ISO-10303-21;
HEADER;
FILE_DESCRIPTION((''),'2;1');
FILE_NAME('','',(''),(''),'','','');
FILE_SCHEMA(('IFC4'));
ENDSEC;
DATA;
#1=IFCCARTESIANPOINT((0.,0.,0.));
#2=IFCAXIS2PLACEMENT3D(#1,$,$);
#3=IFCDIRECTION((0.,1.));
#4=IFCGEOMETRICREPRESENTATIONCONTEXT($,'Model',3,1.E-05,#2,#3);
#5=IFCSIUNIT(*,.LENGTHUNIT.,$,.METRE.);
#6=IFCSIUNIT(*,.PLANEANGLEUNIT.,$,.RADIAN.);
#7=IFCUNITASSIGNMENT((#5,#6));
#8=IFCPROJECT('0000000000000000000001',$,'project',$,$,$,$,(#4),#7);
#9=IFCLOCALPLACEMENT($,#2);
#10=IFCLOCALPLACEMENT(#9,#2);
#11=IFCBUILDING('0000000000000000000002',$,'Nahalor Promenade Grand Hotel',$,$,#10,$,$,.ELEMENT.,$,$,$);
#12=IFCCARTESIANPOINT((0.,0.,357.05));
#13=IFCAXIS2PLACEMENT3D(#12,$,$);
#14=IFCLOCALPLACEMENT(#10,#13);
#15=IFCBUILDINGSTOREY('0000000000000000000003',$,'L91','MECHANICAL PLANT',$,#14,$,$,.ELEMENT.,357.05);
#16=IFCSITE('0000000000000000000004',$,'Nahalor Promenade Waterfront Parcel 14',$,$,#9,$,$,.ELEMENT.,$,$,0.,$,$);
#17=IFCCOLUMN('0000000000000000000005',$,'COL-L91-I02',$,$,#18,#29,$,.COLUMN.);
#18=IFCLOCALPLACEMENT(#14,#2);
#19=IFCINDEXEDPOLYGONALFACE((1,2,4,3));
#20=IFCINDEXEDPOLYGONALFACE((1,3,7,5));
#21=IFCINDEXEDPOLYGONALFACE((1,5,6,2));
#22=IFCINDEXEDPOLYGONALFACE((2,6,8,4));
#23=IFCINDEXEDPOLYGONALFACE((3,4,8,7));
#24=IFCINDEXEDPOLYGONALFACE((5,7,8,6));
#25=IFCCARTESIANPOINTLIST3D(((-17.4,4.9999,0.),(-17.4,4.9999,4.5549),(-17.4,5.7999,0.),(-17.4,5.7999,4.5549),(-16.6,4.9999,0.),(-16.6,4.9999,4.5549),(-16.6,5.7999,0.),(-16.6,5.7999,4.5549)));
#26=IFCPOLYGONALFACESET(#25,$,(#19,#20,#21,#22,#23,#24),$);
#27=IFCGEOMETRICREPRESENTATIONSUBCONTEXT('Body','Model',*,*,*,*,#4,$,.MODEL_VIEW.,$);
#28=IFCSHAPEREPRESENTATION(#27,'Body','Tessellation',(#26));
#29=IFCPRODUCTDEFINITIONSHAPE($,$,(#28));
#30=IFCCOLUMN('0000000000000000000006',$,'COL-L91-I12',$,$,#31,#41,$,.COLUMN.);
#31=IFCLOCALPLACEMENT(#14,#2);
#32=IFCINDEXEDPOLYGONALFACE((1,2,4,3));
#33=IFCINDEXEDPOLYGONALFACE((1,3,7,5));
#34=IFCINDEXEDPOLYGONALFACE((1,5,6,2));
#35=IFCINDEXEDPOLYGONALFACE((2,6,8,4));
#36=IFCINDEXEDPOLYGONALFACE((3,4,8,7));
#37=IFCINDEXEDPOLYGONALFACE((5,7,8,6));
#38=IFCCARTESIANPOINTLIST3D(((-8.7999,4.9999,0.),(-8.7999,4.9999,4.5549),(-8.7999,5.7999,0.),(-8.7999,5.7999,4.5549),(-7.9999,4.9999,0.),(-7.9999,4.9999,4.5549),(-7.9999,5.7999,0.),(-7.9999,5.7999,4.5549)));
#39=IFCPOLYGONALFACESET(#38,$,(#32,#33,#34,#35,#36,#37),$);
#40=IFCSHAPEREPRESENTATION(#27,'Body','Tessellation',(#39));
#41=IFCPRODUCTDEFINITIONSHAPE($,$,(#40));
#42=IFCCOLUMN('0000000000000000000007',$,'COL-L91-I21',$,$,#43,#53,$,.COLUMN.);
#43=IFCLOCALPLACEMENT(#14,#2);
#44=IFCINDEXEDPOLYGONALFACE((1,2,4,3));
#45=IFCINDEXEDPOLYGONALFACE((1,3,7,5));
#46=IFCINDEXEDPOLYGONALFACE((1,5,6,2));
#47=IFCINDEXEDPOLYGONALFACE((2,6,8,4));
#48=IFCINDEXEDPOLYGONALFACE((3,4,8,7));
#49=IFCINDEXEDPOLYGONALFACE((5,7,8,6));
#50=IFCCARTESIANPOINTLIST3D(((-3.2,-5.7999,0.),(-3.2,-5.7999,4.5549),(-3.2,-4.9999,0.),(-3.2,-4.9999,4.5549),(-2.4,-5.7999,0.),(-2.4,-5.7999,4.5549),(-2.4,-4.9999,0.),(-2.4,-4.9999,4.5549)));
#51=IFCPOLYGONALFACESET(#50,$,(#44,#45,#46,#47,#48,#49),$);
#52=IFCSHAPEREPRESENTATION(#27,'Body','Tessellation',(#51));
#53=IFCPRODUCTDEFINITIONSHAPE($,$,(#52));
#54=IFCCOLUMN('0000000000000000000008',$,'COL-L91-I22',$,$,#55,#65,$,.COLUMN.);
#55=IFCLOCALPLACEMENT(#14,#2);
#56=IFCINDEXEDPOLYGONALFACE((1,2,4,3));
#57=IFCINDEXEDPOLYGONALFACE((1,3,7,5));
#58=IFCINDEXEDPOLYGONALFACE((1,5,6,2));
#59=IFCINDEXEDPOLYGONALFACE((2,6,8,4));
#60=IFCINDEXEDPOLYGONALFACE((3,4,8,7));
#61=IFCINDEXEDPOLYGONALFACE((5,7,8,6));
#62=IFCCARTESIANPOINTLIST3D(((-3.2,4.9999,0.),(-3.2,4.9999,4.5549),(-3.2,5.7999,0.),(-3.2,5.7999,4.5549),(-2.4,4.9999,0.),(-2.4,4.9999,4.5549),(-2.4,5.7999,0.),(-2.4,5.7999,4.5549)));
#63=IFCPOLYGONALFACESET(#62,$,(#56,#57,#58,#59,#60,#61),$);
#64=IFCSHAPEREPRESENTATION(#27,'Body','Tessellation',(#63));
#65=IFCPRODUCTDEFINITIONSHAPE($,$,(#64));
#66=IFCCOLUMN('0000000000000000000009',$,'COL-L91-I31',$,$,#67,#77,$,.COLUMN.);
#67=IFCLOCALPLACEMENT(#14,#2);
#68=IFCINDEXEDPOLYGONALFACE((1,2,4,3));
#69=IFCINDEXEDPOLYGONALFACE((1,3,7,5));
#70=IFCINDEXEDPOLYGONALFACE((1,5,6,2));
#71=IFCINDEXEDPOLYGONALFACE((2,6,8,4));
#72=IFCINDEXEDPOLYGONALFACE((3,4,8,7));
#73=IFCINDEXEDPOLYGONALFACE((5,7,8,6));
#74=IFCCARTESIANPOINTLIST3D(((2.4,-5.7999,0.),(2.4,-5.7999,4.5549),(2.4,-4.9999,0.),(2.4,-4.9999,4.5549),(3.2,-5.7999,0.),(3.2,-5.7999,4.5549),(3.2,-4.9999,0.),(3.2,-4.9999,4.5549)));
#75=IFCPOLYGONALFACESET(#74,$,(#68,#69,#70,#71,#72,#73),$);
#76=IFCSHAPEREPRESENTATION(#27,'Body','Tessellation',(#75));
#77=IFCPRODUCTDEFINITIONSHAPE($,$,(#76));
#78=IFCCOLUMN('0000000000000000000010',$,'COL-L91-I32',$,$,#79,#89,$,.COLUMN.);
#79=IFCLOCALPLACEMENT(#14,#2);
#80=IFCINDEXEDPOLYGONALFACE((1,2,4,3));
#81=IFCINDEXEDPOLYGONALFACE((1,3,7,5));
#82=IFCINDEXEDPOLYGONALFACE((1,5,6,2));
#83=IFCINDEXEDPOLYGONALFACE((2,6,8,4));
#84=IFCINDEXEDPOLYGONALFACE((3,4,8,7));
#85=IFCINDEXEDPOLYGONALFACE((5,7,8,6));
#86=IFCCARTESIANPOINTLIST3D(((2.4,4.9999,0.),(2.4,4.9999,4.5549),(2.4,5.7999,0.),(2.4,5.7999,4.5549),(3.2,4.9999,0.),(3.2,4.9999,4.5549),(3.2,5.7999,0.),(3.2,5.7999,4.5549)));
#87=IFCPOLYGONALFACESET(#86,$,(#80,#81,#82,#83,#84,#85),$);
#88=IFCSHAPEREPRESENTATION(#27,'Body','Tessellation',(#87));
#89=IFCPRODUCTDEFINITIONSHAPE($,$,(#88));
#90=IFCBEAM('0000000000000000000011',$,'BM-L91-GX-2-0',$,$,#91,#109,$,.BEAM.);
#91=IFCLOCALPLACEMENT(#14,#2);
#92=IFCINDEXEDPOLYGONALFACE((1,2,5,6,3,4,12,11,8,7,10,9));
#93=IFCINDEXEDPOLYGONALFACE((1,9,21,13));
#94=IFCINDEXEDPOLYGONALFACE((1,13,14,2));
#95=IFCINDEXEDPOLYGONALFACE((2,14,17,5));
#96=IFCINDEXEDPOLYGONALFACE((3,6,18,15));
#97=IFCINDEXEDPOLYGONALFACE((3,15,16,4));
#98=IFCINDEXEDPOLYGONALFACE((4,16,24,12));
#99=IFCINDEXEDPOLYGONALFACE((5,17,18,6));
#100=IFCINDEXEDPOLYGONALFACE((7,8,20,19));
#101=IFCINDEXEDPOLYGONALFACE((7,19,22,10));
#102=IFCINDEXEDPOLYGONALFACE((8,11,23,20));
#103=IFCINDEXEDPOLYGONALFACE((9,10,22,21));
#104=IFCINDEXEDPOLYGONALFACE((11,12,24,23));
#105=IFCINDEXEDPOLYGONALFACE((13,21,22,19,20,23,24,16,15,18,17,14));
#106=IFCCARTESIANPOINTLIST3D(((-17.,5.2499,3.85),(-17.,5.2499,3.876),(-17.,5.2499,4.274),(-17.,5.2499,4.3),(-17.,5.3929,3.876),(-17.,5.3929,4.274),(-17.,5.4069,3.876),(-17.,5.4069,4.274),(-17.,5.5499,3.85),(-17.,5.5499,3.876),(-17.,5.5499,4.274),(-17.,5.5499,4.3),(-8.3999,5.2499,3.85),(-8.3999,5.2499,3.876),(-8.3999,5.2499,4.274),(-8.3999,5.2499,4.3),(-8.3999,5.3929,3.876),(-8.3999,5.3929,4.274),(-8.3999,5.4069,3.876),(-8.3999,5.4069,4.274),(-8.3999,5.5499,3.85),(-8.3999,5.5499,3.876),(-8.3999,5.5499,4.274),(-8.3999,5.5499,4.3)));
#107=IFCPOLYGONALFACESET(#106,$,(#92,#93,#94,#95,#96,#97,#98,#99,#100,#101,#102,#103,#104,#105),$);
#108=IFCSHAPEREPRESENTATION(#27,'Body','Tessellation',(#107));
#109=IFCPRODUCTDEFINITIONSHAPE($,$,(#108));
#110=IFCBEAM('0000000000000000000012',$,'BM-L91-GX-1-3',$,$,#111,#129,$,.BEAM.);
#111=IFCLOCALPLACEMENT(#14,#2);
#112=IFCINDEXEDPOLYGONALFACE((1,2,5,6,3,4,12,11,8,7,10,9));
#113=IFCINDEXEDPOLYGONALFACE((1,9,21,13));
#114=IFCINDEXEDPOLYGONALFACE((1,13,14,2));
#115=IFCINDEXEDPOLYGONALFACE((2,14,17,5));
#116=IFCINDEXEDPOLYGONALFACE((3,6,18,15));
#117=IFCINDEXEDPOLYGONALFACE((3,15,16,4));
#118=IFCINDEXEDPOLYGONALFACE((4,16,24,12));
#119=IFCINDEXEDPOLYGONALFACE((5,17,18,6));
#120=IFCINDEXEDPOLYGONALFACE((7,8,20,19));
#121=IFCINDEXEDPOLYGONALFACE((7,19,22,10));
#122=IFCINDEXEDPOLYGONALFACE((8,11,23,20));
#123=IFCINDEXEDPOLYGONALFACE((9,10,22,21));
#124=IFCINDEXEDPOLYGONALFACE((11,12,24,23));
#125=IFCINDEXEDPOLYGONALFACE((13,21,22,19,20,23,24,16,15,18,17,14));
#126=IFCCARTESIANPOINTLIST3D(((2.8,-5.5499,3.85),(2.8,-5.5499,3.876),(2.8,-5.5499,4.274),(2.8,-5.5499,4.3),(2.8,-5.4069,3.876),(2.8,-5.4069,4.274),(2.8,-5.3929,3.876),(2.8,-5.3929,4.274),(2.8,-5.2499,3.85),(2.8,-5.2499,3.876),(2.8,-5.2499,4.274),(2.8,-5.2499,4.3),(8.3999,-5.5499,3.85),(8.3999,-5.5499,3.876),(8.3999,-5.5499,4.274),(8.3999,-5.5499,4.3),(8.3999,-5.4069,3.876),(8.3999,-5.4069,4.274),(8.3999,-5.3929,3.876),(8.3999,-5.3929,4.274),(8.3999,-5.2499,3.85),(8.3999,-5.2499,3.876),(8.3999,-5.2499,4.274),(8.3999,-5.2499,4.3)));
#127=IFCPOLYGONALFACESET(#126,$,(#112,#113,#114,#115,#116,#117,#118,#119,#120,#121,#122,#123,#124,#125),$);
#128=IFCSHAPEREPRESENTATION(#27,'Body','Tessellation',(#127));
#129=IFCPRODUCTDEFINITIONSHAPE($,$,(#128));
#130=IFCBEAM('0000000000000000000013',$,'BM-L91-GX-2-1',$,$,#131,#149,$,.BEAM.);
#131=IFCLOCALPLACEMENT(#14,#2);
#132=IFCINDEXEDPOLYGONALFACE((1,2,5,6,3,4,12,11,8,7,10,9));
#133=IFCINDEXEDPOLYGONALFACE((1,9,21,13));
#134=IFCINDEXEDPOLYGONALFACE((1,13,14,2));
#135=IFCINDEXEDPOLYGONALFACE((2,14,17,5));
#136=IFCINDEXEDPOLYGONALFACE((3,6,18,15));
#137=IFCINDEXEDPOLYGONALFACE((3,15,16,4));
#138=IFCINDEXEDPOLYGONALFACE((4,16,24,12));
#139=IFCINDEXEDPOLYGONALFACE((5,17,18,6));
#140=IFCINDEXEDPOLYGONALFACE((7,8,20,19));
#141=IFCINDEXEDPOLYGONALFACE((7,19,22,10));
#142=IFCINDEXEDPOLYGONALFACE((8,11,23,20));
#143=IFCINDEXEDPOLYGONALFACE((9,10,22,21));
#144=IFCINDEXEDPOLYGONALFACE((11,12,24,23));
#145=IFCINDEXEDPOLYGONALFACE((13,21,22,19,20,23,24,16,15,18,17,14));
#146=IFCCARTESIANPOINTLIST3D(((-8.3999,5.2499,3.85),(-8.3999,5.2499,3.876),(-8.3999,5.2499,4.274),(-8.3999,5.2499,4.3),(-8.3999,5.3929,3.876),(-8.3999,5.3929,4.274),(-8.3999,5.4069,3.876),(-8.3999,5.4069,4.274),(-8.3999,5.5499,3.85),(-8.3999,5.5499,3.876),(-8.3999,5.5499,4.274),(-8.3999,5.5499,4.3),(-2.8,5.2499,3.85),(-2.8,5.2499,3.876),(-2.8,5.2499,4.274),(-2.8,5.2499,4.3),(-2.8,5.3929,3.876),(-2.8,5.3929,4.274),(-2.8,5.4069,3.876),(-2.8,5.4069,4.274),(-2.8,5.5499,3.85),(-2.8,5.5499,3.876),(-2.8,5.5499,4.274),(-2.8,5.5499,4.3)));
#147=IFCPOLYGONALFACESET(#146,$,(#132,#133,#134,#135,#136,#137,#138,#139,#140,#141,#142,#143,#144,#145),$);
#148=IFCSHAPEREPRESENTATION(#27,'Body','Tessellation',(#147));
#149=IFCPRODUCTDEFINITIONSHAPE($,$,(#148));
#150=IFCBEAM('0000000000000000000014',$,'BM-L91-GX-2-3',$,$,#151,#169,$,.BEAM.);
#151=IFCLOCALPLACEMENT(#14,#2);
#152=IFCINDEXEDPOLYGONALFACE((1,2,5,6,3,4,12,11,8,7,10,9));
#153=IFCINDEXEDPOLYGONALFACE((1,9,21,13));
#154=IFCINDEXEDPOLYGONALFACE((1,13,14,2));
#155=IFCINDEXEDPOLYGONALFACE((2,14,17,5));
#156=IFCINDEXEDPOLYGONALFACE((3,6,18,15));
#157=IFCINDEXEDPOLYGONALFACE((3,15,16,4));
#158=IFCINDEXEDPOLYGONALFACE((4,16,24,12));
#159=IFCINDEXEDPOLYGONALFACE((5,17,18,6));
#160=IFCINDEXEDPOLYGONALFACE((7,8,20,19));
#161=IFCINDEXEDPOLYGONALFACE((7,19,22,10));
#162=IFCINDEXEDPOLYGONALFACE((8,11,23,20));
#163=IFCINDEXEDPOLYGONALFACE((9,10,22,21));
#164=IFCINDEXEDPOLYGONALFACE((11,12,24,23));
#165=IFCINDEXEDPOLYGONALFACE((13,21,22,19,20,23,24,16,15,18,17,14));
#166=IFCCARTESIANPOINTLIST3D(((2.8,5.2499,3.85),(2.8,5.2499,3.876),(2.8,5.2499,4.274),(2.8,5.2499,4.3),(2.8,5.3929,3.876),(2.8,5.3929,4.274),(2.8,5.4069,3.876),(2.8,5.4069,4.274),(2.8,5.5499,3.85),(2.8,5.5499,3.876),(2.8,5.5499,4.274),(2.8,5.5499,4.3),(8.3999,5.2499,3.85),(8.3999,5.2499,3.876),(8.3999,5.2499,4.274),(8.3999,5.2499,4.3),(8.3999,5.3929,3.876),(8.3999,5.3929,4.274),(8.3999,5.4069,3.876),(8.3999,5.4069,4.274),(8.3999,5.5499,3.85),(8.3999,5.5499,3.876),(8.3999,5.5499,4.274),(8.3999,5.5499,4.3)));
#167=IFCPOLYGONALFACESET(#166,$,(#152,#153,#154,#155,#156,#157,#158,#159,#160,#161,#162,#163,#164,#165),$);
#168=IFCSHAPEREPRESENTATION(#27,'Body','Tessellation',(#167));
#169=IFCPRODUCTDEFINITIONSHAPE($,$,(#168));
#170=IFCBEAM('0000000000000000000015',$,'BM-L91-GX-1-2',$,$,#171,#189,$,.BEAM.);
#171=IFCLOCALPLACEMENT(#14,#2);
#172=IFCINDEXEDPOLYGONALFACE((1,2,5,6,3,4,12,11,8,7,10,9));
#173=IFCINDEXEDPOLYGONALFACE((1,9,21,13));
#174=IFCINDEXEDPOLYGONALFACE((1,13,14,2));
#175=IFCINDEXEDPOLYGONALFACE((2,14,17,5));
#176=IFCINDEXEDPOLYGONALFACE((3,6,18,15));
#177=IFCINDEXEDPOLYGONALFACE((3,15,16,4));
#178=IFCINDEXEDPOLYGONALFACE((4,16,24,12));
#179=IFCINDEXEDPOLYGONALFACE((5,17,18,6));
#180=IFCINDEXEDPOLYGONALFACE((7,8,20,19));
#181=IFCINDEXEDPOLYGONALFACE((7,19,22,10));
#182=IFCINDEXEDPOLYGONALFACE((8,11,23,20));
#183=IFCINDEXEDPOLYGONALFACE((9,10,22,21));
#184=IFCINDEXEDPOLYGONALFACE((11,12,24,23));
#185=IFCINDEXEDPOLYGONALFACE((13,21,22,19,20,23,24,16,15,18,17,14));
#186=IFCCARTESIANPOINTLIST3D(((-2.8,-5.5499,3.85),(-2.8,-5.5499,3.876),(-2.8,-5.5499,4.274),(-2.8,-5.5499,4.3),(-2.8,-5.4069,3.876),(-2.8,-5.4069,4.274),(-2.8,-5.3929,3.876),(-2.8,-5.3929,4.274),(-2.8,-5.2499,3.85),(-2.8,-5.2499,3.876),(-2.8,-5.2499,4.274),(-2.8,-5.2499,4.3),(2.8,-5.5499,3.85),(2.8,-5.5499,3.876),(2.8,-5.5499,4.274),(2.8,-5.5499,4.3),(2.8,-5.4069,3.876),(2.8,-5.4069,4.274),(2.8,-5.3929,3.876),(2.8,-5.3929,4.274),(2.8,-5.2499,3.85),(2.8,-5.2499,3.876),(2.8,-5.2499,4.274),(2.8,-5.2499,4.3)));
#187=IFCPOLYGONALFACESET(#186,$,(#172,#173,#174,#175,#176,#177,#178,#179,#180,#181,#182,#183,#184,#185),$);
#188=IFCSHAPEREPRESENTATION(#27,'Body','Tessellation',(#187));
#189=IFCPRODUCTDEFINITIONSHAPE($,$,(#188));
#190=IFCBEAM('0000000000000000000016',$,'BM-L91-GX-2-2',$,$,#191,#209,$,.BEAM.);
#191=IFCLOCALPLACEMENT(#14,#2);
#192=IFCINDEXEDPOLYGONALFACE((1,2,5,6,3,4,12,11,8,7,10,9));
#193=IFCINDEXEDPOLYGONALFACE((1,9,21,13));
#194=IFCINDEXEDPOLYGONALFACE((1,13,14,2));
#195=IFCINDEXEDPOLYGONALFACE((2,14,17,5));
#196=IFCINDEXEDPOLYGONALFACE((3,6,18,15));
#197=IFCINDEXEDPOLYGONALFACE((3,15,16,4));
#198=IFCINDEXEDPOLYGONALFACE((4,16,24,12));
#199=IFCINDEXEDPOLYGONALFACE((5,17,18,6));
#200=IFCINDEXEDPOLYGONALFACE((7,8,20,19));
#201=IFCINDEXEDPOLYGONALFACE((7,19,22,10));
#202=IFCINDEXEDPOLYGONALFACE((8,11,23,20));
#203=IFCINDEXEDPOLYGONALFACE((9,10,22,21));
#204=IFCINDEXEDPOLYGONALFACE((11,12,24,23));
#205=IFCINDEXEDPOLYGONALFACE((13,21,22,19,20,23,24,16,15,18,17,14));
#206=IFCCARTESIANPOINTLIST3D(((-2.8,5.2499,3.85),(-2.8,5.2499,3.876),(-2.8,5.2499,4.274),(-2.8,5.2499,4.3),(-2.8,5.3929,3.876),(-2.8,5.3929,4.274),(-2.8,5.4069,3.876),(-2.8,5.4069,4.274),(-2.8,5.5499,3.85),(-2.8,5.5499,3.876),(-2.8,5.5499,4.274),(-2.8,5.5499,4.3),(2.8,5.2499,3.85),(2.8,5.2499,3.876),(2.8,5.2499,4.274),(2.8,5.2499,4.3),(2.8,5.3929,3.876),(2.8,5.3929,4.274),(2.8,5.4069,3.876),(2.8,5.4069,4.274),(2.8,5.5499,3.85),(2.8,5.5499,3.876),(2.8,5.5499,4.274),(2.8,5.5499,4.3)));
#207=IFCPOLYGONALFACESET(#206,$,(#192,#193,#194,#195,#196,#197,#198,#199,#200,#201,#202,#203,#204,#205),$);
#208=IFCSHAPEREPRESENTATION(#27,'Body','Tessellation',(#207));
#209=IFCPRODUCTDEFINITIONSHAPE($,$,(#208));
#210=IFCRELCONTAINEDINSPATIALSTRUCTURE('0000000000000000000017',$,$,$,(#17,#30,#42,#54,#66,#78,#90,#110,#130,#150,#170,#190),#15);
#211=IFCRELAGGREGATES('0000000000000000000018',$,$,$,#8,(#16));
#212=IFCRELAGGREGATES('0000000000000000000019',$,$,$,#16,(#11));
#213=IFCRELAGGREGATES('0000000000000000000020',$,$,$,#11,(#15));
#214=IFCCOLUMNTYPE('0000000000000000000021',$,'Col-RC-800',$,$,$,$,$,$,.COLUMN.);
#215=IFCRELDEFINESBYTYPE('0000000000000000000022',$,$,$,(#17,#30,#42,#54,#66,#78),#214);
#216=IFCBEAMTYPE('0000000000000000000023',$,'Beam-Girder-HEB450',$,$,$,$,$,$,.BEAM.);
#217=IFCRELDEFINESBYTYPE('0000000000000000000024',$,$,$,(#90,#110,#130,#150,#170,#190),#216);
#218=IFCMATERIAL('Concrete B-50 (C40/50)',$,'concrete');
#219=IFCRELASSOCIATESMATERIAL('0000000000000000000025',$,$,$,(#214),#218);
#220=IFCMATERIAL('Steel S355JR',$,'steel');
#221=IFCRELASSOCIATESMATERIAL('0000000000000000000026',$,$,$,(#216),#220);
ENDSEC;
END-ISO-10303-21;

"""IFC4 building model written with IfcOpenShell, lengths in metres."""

from ifc_helpers import new_model, si_unit, direction, frame, origin, origin_2d, place, context, subcontext, project, spatial, rectangle, i_section, extrude, source, transform, mapped, material, material_profile, profile_set, type_object, element, save


model = new_model("IFC4")

# Units and contexts
model_context = context("Model", 3, precision=1e-05, world=origin(), true_north=direction((0.0, 1.0)))
body_context = subcontext(model_context, "Body", "Model", "MODEL_VIEW")
ifc_project = project(units=[si_unit("LENGTHUNIT", "METRE"), si_unit("PLANEANGLEUNIT", "RADIAN")], contexts=[model_context])

# Site, building, storey
site_placement = place(None, origin())
site = spatial("IfcSite", under=ifc_project, at=site_placement, Name="Nahalor Promenade Waterfront Parcel 14", CompositionType="ELEMENT", RefElevation=0.0)
building_placement = place(site_placement, origin())
building = spatial("IfcBuilding", under=site, at=building_placement, Name="Nahalor Promenade Grand Hotel", CompositionType="ELEMENT")
storey_placement = place(building_placement, frame((0.0, 0.0, 357.05)))
storey = spatial("IfcBuildingStorey", under=building, at=storey_placement, Name="L91", Description="MECHANICAL PLANT", CompositionType="ELEMENT", Elevation=357.05)

# Columns
ifc_material_1 = material(Name="Concrete B-50 (C40/50)", Category="concrete")
ifc_material_profile_1 = material_profile(ifc_material_1, rectangle(XDim=0.8, YDim=0.8, at=origin_2d()), Name="RC 800x800")
ifc_profile_set_1 = profile_set([ifc_material_profile_1], Name="Concrete B-50 (C40/50)")
column_type = type_object("IfcColumnType", Name="Col-RC-800", PredefinedType="COLUMN", material=ifc_profile_set_1)
shared_shape_1 = source(origin(), body_context, "Body", "SweptSolid", [
    extrude(rectangle(XDim=0.8, YDim=0.8, at=origin_2d()), origin(), (0.0, 0.0, 1.0), 4.5549),
])
for number, where, z_axis, x_axis, name in (
    (1, (-17.0, 5.3999, 0.0), (0.0, 0.0, 1.0), (1.0, 0.0, 0.0), "COL-L91-I02"),
    (2, (-8.3999, 5.3999, 0.0), (0.0, 0.0, 1.0), (1.0, 0.0, 0.0), "COL-L91-I12"),
    (3, (-2.8, -5.3999, 0.0), (0.0, 0.0, 1.0), (1.0, 0.0, 0.0), "COL-L91-I21"),
    (4, (-2.8, 5.3999, 0.0), (0.0, 0.0, 1.0), (1.0, 0.0, 0.0), "COL-L91-I22"),
    (5, (2.8, -5.3999, 0.0), (0.0, 0.0, 1.0), (1.0, 0.0, 0.0), "COL-L91-I31"),
    (6, (2.8, 5.3999, 0.0), (0.0, 0.0, 1.0), (1.0, 0.0, 0.0), "COL-L91-I32"),
):
    element("IfcColumn", number, at=place(storey_placement, frame(where, z_axis=z_axis, x_axis=x_axis)), inside=storey, type_object=column_type, Name=name, PredefinedType="COLUMN", context=body_context, shape_type="MappedRepresentation", body=[
        mapped(shared_shape_1, transform((0.0, 0.0, 0.0), scale=1.0)),
    ])

# Beams
ifc_material_2 = material(Name="Steel S355JR", Category="steel")
ifc_material_profile_2 = material_profile(ifc_material_2, i_section(OverallWidth=0.3, OverallDepth=0.45, WebThickness=0.014, FlangeThickness=0.026, at=origin_2d()), Name="HEB 450")
ifc_profile_set_2 = profile_set([ifc_material_profile_2], Name="Steel S355JR")
beam_type_1 = type_object("IfcBeamType", Name="Beam-Girder-HEB450", PredefinedType="BEAM", material=ifc_profile_set_2)
shared_shape_2 = source(origin(), body_context, "Body", "SweptSolid", [
    extrude(i_section(OverallWidth=0.3, OverallDepth=0.45, WebThickness=0.014, FlangeThickness=0.026, at=origin_2d()), origin(), (0.0, 0.0, 1.0), 8.6001),
])
beam_1_placement = place(storey_placement, frame((-17.0, 5.3999, 4.075), z_axis=(1.0, 0.0, 0.0), x_axis=(0.0, 1.0, 0.0)))
element("IfcBeam", 7, at=beam_1_placement, inside=storey, type_object=beam_type_1, Name="BM-L91-GX-2-0", PredefinedType="BEAM", context=body_context, shape_type="MappedRepresentation", body=[
    mapped(shared_shape_2, transform((0.0, 0.0, 0.0), scale=1.0)),
])
shared_shape_3 = source(origin(), body_context, "Body", "SweptSolid", [
    extrude(i_section(OverallWidth=0.3, OverallDepth=0.45, WebThickness=0.014, FlangeThickness=0.026, at=origin_2d()), origin(), (0.0, 0.0, 1.0), 5.5999),
])
for number, where, z_axis, x_axis, name in (
    (8, (2.8, -5.3999, 4.075), (1.0, 0.0, 0.0), (0.0, 1.0, 0.0), "BM-L91-GX-1-3"),
    (9, (-8.3999, 5.3999, 4.075), (1.0, 0.0, 0.0), (0.0, 1.0, 0.0), "BM-L91-GX-2-1"),
    (10, (2.8, 5.3999, 4.075), (1.0, 0.0, 0.0), (0.0, 1.0, 0.0), "BM-L91-GX-2-3"),
):
    element("IfcBeam", number, at=place(storey_placement, frame(where, z_axis=z_axis, x_axis=x_axis)), inside=storey, type_object=beam_type_1, Name=name, PredefinedType="BEAM", context=body_context, shape_type="MappedRepresentation", body=[
        mapped(shared_shape_3, transform((0.0, 0.0, 0.0), scale=1.0)),
    ])
shared_shape_4 = source(origin(), body_context, "Body", "SweptSolid", [
    extrude(i_section(OverallWidth=0.3, OverallDepth=0.45, WebThickness=0.014, FlangeThickness=0.026, at=origin_2d()), origin(), (0.0, 0.0, 1.0), 5.6001),
])
for number, where, z_axis, x_axis, name in (
    (11, (-2.8, -5.3999, 4.075), (1.0, 0.0, 0.0), (0.0, 1.0, 0.0), "BM-L91-GX-1-2"),
    (12, (-2.8, 5.3999, 4.075), (1.0, 0.0, 0.0), (0.0, 1.0, 0.0), "BM-L91-GX-2-2"),
):
    element("IfcBeam", number, at=place(storey_placement, frame(where, z_axis=z_axis, x_axis=x_axis)), inside=storey, type_object=beam_type_1, Name=name, PredefinedType="BEAM", context=body_context, shape_type="MappedRepresentation", body=[
        mapped(shared_shape_4, transform((0.0, 0.0, 0.0), scale=1.0)),
    ])

save(model, "model.ifc")
